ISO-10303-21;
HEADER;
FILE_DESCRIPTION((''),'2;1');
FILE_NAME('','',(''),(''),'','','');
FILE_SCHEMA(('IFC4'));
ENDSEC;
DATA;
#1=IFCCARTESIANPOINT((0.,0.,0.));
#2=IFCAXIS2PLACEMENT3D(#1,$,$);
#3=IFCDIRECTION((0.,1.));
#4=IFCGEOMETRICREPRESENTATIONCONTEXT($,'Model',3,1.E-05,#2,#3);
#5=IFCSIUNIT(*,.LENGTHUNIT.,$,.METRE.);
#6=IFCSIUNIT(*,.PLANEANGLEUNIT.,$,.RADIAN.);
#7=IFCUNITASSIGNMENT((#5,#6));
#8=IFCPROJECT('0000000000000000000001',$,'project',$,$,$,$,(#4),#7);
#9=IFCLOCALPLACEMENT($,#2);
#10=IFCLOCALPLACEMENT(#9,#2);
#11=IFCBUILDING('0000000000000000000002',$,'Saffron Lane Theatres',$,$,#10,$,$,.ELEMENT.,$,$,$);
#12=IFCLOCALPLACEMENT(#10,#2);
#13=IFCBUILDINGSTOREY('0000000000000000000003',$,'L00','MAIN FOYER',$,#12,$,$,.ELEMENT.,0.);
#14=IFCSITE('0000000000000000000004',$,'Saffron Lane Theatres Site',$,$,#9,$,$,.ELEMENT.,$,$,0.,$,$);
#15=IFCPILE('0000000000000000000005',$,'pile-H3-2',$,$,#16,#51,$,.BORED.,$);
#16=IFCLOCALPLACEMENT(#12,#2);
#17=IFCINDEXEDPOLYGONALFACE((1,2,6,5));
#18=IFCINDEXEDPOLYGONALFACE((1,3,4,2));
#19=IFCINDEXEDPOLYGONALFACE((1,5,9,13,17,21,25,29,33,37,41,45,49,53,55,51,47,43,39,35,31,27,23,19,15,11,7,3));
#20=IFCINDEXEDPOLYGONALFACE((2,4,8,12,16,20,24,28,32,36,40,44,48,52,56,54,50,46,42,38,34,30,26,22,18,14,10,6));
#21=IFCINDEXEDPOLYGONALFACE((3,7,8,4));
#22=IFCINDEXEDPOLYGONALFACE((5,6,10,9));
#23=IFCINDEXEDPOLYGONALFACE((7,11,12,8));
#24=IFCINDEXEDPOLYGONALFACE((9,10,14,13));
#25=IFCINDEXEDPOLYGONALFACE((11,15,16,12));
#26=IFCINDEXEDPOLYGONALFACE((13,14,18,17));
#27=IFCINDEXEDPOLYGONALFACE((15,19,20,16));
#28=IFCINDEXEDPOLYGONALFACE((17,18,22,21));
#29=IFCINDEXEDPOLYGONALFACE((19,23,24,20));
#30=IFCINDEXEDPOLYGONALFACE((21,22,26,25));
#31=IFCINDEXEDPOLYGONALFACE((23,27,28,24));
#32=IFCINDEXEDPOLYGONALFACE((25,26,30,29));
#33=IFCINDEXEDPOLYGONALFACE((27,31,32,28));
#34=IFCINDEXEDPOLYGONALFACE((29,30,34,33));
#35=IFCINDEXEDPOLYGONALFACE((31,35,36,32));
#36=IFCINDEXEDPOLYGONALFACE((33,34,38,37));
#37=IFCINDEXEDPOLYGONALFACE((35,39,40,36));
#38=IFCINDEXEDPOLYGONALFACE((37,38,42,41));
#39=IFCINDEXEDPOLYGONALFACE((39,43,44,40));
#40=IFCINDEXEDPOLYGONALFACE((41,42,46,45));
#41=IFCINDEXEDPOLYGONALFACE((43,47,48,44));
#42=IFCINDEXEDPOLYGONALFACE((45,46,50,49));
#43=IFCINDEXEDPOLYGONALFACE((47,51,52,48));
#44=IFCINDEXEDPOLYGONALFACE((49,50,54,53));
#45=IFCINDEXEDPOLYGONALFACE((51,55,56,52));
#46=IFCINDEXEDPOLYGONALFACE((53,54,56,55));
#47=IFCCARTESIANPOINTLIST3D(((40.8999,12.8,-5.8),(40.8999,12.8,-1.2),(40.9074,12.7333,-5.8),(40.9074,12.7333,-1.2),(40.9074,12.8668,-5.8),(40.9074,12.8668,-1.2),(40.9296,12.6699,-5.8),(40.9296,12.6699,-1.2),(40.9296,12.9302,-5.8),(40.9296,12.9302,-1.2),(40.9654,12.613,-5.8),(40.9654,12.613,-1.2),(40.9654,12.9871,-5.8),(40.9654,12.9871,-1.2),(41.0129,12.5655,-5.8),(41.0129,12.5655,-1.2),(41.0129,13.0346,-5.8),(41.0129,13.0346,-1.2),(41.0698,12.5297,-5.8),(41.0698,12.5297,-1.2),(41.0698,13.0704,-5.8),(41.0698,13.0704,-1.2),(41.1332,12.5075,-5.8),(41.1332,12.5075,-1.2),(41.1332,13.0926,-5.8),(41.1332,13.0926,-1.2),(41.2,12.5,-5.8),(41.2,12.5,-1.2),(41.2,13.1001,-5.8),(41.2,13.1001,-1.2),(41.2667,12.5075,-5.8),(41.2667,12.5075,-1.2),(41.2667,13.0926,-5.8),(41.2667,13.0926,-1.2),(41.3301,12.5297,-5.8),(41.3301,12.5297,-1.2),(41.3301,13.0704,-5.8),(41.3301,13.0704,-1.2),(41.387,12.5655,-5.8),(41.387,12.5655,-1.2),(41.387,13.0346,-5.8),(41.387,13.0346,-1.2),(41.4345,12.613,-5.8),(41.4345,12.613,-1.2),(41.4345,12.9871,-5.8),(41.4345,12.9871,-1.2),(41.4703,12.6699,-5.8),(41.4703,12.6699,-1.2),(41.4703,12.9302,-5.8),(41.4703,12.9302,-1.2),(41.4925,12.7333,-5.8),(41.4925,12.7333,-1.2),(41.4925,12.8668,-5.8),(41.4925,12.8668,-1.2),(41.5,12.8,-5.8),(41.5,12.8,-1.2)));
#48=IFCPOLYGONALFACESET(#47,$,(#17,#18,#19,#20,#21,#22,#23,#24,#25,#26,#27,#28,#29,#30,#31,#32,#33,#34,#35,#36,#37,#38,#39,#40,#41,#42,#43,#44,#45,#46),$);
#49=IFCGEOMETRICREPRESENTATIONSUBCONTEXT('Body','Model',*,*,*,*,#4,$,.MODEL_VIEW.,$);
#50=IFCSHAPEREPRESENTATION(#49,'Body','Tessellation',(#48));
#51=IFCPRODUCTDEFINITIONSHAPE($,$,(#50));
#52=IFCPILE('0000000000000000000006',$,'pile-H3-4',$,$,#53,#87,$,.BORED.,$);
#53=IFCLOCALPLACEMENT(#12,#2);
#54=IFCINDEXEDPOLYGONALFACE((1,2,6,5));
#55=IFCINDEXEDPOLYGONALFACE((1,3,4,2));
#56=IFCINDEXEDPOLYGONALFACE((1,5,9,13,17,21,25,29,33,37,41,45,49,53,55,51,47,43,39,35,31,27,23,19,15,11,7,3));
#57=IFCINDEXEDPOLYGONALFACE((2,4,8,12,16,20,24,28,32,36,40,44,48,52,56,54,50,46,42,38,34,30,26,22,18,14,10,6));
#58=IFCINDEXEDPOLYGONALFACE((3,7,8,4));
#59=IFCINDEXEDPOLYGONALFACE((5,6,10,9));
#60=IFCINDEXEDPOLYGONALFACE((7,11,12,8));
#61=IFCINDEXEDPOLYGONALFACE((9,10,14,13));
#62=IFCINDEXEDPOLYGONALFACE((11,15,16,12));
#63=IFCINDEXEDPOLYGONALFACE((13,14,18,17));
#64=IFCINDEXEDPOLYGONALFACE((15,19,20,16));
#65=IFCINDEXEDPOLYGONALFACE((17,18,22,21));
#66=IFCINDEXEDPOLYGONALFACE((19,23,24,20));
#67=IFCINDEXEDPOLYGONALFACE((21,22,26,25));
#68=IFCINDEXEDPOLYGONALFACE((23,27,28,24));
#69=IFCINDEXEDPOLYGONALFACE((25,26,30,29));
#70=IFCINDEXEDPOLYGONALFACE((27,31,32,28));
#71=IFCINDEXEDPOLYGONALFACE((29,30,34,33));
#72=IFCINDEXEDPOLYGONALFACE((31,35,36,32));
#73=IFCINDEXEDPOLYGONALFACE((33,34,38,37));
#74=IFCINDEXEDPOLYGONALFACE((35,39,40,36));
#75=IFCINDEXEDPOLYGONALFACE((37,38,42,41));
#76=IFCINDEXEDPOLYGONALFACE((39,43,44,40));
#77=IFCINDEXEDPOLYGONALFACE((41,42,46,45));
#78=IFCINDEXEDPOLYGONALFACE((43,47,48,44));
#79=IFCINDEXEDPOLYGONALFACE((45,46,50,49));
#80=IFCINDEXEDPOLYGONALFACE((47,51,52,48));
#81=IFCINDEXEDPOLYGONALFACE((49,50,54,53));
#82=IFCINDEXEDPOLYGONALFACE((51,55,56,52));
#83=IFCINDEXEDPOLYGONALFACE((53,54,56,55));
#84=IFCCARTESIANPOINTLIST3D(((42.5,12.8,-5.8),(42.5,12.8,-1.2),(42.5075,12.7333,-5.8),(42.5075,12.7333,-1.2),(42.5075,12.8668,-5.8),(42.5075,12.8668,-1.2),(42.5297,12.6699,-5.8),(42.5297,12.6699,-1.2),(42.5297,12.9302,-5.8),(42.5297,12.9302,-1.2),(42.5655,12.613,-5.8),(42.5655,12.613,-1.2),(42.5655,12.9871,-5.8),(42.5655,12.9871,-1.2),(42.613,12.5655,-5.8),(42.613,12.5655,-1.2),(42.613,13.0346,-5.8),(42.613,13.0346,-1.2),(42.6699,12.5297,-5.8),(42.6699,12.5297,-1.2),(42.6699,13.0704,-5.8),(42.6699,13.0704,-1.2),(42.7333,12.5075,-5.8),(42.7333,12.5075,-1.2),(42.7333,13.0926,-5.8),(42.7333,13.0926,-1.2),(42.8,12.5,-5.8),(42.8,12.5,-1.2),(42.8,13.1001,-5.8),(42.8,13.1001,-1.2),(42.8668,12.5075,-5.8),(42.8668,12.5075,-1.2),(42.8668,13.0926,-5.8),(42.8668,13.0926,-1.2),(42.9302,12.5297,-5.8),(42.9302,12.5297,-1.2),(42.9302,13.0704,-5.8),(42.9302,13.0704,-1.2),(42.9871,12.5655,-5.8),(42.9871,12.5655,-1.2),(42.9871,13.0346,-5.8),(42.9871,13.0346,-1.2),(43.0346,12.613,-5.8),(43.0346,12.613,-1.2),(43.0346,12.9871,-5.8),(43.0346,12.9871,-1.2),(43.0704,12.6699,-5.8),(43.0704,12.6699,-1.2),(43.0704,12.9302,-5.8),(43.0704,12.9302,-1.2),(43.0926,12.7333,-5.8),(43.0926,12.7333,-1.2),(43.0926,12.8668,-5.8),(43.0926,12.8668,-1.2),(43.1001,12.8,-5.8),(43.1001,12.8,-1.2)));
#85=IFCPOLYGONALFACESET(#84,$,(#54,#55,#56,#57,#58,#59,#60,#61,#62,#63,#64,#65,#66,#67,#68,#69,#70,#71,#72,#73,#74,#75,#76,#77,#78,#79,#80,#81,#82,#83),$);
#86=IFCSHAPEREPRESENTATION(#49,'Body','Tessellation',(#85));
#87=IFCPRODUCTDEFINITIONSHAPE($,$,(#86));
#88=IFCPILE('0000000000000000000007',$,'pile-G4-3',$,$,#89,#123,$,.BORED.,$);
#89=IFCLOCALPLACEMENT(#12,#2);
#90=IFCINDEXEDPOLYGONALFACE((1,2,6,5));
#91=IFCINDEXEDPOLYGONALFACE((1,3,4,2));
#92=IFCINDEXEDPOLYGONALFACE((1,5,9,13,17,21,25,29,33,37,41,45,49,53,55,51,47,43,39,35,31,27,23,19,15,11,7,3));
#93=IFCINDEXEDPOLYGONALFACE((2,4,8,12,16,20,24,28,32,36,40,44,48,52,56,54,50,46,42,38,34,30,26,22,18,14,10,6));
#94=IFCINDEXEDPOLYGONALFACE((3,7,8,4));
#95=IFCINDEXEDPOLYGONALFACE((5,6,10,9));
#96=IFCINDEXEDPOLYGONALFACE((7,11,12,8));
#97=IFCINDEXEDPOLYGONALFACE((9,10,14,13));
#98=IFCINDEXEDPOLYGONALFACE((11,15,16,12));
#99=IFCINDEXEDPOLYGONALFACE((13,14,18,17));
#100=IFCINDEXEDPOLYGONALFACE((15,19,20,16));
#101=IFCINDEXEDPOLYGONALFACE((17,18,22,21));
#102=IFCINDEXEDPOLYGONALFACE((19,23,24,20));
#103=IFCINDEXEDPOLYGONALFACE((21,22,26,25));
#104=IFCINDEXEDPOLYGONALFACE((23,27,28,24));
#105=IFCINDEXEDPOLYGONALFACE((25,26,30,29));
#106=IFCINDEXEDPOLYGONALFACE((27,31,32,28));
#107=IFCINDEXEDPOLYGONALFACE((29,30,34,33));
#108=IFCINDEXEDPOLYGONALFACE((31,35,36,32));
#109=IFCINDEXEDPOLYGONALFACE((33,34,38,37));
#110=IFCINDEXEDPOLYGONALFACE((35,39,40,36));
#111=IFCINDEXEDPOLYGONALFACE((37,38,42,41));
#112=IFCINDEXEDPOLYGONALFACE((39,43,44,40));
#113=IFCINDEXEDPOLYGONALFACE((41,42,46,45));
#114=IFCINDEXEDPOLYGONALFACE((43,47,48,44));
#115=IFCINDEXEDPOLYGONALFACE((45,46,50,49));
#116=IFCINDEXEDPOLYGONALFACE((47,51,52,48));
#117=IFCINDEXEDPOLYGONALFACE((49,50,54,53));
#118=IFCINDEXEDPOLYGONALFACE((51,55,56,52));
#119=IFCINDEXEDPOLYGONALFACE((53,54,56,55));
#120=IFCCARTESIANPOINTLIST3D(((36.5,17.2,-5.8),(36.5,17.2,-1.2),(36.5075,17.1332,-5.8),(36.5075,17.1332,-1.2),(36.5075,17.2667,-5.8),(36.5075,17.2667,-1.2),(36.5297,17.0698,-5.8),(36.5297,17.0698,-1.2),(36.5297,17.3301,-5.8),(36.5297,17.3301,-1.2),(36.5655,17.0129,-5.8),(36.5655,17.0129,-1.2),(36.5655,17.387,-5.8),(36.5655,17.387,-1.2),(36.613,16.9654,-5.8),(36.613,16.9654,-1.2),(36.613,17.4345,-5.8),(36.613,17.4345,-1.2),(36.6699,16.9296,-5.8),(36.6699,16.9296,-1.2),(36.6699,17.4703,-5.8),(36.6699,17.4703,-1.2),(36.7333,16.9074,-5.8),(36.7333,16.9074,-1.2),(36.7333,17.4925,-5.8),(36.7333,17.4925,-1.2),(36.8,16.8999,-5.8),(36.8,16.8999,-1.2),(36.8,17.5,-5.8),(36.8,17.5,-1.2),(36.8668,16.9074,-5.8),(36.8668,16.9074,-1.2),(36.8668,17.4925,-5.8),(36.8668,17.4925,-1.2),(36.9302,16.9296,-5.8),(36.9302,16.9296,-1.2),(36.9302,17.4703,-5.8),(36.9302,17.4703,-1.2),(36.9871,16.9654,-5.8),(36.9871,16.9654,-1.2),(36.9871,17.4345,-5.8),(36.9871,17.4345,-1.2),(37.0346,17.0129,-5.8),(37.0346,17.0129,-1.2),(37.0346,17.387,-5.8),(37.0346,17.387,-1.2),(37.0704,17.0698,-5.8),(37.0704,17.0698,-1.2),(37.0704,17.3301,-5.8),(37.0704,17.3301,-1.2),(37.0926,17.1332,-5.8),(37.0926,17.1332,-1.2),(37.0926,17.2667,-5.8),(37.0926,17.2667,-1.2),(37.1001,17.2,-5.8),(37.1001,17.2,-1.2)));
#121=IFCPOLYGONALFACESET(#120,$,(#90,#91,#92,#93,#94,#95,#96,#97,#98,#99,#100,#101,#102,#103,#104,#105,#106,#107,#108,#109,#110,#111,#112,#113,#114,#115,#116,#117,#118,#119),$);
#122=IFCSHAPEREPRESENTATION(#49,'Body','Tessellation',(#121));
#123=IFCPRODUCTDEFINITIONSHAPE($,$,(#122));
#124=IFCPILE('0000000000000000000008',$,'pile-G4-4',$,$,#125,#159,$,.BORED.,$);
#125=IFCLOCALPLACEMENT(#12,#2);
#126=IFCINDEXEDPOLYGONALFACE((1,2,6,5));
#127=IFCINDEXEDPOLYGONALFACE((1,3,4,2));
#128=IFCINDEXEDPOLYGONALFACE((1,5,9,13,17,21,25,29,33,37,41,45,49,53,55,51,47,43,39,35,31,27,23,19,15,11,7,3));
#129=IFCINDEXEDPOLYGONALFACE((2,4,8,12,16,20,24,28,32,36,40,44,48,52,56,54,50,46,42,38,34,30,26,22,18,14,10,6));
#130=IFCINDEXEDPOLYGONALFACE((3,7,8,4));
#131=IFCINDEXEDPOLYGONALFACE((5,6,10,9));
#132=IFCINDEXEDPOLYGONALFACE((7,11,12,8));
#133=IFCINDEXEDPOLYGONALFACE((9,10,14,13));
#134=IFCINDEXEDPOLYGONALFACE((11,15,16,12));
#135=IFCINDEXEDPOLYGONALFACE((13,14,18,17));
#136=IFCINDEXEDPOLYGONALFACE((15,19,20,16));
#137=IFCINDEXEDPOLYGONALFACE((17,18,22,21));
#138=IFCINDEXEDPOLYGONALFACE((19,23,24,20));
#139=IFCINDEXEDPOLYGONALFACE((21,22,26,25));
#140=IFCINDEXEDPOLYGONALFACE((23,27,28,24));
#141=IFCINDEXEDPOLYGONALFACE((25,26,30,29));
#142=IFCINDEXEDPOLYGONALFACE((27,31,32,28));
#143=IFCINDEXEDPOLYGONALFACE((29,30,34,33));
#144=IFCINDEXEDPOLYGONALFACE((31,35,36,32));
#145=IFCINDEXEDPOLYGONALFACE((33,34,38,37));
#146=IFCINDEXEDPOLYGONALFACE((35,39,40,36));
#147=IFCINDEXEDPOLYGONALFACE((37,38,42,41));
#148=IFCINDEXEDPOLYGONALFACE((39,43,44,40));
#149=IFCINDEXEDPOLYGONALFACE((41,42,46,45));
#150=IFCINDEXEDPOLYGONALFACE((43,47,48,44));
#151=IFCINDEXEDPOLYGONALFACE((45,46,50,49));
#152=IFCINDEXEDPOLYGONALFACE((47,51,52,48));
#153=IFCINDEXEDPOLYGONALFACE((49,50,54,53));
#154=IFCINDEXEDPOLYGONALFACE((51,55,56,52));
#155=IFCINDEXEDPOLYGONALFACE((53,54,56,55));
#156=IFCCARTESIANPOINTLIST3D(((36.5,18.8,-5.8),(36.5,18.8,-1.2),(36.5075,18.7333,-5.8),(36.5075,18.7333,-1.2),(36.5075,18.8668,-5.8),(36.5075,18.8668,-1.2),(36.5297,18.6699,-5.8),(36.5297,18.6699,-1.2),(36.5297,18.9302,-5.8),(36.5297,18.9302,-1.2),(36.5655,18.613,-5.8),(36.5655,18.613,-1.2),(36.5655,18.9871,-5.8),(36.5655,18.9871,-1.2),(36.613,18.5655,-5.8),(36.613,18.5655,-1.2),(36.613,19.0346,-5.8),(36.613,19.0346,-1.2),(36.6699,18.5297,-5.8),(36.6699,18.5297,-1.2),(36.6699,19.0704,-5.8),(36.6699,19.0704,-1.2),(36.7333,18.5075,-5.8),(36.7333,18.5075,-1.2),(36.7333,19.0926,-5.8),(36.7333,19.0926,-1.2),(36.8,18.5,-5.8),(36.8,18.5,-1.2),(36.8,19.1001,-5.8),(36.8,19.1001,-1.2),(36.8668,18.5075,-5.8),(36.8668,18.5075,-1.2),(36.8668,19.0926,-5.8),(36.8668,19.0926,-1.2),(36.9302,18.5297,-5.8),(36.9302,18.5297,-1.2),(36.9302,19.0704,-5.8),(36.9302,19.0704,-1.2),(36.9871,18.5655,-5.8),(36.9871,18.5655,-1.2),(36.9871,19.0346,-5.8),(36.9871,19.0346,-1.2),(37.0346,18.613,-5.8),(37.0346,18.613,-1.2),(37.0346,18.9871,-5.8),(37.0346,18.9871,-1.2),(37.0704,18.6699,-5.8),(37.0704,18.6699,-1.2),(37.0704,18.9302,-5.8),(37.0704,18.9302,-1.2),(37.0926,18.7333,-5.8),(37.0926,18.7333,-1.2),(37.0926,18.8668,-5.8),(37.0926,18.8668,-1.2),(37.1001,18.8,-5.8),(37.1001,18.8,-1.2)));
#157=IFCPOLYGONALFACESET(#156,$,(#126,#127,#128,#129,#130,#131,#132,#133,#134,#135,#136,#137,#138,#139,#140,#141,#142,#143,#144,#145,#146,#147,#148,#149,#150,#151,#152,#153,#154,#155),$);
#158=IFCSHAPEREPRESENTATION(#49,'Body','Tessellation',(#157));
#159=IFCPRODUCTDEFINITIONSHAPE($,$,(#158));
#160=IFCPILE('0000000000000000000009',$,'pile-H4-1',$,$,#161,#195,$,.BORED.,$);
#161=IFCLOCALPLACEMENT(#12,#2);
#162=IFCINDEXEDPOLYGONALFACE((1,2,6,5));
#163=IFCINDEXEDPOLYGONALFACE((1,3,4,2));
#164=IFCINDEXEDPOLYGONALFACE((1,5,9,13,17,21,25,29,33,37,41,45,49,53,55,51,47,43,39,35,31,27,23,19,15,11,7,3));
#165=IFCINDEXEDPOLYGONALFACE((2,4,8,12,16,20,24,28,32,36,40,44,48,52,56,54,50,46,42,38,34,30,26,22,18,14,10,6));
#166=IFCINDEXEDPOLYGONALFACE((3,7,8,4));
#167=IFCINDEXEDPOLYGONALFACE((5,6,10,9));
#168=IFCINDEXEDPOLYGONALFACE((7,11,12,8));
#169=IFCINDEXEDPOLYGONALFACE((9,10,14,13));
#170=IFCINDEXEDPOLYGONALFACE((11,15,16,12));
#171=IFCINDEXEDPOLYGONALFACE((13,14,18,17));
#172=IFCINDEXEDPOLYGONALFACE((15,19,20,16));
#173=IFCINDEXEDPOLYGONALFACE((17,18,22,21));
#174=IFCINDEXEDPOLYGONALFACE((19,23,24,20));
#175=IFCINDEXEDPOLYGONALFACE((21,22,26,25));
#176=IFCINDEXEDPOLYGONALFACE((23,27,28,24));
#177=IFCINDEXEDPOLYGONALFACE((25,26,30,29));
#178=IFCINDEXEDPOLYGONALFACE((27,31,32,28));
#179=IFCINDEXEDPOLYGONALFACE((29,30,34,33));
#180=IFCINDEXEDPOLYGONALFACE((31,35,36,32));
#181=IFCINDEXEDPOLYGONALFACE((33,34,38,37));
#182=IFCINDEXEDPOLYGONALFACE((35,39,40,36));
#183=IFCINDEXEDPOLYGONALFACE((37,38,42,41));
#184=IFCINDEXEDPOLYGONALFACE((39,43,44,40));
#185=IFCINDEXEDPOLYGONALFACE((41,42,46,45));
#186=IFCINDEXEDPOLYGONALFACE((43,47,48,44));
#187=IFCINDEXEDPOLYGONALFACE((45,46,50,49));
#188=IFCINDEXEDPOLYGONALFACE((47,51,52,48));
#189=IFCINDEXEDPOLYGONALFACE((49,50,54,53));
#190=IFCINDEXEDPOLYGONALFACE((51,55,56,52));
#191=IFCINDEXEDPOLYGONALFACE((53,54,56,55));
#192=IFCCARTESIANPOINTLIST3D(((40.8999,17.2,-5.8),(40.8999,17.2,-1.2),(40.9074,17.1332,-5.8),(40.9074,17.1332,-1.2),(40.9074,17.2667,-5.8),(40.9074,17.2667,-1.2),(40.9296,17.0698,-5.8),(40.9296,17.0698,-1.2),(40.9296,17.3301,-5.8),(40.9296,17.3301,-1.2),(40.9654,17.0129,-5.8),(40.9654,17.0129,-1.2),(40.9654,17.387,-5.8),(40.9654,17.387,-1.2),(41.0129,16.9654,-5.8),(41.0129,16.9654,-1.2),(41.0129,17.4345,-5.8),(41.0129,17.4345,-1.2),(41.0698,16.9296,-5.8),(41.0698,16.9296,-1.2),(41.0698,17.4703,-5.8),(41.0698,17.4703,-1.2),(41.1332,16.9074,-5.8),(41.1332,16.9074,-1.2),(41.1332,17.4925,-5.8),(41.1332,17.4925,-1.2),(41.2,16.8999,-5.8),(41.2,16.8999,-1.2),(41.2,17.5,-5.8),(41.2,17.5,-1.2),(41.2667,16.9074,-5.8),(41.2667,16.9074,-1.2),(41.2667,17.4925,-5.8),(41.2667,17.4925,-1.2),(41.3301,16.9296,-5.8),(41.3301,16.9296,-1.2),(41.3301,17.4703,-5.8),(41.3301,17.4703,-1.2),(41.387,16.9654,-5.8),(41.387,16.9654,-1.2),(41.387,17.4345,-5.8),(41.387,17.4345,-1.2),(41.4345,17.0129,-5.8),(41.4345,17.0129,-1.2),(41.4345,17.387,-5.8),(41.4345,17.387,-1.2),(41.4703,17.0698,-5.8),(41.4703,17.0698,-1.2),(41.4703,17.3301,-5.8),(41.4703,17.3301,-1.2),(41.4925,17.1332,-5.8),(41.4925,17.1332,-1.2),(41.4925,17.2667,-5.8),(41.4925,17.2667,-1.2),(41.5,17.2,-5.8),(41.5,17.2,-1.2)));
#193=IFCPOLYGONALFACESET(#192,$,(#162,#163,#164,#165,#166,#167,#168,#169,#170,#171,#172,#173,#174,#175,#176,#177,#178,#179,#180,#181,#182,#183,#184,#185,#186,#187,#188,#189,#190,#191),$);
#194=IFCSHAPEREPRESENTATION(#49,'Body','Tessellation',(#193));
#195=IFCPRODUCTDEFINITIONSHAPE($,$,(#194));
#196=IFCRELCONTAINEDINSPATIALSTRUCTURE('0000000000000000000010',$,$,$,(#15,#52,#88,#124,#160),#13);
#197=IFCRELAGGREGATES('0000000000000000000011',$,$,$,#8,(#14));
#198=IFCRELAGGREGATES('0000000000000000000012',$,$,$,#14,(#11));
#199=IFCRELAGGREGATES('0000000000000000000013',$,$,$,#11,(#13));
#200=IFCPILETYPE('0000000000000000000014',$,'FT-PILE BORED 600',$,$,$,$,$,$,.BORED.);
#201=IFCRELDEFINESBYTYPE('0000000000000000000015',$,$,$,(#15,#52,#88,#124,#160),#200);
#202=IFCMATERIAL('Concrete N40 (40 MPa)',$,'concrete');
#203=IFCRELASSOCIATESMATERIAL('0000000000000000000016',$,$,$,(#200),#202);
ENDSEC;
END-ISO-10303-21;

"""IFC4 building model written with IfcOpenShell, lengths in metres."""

from ifc_helpers import new_model, si_unit, direction, frame, origin, origin_2d, place, context, subcontext, project, spatial, circle, extrude, material, material_profile, profile_set, type_object, element, save


model = new_model("IFC4")

# Units and contexts
model_context = context("Model", 3, precision=1e-05, world=origin(), true_north=direction((0.0, 1.0)))
body_context = subcontext(model_context, "Body", "Model", "MODEL_VIEW")
ifc_project = project(units=[si_unit("LENGTHUNIT", "METRE"), si_unit("PLANEANGLEUNIT", "RADIAN")], contexts=[model_context])

# Site, building, storey
site_placement = place(None, origin())
site = spatial("IfcSite", under=ifc_project, at=site_placement, Name="Saffron Lane Theatres Site", CompositionType="ELEMENT", RefElevation=0.0)
building_placement = place(site_placement, origin())
building = spatial("IfcBuilding", under=site, at=building_placement, Name="Saffron Lane Theatres", CompositionType="ELEMENT")
storey_placement = place(building_placement, origin())
storey = spatial("IfcBuildingStorey", under=building, at=storey_placement, Name="L00", Description="MAIN FOYER", CompositionType="ELEMENT", Elevation=0.0)

# Piles
ifc_material_1 = material(Name="Concrete N40 (40 MPa)", Category="concrete")
ifc_material_profile_1 = material_profile(ifc_material_1, circle(Radius=0.3, at=origin_2d()))
ifc_profile_set_1 = profile_set([ifc_material_profile_1], Name="Concrete N40 (40 MPa)")
pile_type = type_object("IfcPileType", Name="FT-PILE BORED 600", PredefinedType="BORED", material=ifc_profile_set_1)
for number, where, z_axis, x_axis, name in (
    (1, (41.2, 12.8, -1.2), (0.0, 0.0, -1.0), (1.0, 0.0, 0.0), "pile-H3-2"),
    (2, (42.8, 12.8, -1.2), (0.0, 0.0, -1.0), (1.0, 0.0, 0.0), "pile-H3-4"),
    (3, (36.8, 17.2, -1.2), (0.0, 0.0, -1.0), (1.0, 0.0, 0.0), "pile-G4-3"),
    (4, (36.8, 18.8, -1.2), (0.0, 0.0, -1.0), (1.0, 0.0, 0.0), "pile-G4-4"),
    (5, (41.2, 17.2, -1.2), (0.0, 0.0, -1.0), (1.0, 0.0, 0.0), "pile-H4-1"),
):
    element("IfcPile", number, at=place(storey_placement, frame(where, z_axis=z_axis, x_axis=x_axis)), inside=storey, type_object=pile_type, Name=name, PredefinedType="BORED", context=body_context, shape_type="SweptSolid", body=[
        extrude(circle(Radius=0.3, at=origin_2d()), origin(), (0.0, 0.0, 1.0), 4.6001),
    ])

save(model, "model.ifc")
